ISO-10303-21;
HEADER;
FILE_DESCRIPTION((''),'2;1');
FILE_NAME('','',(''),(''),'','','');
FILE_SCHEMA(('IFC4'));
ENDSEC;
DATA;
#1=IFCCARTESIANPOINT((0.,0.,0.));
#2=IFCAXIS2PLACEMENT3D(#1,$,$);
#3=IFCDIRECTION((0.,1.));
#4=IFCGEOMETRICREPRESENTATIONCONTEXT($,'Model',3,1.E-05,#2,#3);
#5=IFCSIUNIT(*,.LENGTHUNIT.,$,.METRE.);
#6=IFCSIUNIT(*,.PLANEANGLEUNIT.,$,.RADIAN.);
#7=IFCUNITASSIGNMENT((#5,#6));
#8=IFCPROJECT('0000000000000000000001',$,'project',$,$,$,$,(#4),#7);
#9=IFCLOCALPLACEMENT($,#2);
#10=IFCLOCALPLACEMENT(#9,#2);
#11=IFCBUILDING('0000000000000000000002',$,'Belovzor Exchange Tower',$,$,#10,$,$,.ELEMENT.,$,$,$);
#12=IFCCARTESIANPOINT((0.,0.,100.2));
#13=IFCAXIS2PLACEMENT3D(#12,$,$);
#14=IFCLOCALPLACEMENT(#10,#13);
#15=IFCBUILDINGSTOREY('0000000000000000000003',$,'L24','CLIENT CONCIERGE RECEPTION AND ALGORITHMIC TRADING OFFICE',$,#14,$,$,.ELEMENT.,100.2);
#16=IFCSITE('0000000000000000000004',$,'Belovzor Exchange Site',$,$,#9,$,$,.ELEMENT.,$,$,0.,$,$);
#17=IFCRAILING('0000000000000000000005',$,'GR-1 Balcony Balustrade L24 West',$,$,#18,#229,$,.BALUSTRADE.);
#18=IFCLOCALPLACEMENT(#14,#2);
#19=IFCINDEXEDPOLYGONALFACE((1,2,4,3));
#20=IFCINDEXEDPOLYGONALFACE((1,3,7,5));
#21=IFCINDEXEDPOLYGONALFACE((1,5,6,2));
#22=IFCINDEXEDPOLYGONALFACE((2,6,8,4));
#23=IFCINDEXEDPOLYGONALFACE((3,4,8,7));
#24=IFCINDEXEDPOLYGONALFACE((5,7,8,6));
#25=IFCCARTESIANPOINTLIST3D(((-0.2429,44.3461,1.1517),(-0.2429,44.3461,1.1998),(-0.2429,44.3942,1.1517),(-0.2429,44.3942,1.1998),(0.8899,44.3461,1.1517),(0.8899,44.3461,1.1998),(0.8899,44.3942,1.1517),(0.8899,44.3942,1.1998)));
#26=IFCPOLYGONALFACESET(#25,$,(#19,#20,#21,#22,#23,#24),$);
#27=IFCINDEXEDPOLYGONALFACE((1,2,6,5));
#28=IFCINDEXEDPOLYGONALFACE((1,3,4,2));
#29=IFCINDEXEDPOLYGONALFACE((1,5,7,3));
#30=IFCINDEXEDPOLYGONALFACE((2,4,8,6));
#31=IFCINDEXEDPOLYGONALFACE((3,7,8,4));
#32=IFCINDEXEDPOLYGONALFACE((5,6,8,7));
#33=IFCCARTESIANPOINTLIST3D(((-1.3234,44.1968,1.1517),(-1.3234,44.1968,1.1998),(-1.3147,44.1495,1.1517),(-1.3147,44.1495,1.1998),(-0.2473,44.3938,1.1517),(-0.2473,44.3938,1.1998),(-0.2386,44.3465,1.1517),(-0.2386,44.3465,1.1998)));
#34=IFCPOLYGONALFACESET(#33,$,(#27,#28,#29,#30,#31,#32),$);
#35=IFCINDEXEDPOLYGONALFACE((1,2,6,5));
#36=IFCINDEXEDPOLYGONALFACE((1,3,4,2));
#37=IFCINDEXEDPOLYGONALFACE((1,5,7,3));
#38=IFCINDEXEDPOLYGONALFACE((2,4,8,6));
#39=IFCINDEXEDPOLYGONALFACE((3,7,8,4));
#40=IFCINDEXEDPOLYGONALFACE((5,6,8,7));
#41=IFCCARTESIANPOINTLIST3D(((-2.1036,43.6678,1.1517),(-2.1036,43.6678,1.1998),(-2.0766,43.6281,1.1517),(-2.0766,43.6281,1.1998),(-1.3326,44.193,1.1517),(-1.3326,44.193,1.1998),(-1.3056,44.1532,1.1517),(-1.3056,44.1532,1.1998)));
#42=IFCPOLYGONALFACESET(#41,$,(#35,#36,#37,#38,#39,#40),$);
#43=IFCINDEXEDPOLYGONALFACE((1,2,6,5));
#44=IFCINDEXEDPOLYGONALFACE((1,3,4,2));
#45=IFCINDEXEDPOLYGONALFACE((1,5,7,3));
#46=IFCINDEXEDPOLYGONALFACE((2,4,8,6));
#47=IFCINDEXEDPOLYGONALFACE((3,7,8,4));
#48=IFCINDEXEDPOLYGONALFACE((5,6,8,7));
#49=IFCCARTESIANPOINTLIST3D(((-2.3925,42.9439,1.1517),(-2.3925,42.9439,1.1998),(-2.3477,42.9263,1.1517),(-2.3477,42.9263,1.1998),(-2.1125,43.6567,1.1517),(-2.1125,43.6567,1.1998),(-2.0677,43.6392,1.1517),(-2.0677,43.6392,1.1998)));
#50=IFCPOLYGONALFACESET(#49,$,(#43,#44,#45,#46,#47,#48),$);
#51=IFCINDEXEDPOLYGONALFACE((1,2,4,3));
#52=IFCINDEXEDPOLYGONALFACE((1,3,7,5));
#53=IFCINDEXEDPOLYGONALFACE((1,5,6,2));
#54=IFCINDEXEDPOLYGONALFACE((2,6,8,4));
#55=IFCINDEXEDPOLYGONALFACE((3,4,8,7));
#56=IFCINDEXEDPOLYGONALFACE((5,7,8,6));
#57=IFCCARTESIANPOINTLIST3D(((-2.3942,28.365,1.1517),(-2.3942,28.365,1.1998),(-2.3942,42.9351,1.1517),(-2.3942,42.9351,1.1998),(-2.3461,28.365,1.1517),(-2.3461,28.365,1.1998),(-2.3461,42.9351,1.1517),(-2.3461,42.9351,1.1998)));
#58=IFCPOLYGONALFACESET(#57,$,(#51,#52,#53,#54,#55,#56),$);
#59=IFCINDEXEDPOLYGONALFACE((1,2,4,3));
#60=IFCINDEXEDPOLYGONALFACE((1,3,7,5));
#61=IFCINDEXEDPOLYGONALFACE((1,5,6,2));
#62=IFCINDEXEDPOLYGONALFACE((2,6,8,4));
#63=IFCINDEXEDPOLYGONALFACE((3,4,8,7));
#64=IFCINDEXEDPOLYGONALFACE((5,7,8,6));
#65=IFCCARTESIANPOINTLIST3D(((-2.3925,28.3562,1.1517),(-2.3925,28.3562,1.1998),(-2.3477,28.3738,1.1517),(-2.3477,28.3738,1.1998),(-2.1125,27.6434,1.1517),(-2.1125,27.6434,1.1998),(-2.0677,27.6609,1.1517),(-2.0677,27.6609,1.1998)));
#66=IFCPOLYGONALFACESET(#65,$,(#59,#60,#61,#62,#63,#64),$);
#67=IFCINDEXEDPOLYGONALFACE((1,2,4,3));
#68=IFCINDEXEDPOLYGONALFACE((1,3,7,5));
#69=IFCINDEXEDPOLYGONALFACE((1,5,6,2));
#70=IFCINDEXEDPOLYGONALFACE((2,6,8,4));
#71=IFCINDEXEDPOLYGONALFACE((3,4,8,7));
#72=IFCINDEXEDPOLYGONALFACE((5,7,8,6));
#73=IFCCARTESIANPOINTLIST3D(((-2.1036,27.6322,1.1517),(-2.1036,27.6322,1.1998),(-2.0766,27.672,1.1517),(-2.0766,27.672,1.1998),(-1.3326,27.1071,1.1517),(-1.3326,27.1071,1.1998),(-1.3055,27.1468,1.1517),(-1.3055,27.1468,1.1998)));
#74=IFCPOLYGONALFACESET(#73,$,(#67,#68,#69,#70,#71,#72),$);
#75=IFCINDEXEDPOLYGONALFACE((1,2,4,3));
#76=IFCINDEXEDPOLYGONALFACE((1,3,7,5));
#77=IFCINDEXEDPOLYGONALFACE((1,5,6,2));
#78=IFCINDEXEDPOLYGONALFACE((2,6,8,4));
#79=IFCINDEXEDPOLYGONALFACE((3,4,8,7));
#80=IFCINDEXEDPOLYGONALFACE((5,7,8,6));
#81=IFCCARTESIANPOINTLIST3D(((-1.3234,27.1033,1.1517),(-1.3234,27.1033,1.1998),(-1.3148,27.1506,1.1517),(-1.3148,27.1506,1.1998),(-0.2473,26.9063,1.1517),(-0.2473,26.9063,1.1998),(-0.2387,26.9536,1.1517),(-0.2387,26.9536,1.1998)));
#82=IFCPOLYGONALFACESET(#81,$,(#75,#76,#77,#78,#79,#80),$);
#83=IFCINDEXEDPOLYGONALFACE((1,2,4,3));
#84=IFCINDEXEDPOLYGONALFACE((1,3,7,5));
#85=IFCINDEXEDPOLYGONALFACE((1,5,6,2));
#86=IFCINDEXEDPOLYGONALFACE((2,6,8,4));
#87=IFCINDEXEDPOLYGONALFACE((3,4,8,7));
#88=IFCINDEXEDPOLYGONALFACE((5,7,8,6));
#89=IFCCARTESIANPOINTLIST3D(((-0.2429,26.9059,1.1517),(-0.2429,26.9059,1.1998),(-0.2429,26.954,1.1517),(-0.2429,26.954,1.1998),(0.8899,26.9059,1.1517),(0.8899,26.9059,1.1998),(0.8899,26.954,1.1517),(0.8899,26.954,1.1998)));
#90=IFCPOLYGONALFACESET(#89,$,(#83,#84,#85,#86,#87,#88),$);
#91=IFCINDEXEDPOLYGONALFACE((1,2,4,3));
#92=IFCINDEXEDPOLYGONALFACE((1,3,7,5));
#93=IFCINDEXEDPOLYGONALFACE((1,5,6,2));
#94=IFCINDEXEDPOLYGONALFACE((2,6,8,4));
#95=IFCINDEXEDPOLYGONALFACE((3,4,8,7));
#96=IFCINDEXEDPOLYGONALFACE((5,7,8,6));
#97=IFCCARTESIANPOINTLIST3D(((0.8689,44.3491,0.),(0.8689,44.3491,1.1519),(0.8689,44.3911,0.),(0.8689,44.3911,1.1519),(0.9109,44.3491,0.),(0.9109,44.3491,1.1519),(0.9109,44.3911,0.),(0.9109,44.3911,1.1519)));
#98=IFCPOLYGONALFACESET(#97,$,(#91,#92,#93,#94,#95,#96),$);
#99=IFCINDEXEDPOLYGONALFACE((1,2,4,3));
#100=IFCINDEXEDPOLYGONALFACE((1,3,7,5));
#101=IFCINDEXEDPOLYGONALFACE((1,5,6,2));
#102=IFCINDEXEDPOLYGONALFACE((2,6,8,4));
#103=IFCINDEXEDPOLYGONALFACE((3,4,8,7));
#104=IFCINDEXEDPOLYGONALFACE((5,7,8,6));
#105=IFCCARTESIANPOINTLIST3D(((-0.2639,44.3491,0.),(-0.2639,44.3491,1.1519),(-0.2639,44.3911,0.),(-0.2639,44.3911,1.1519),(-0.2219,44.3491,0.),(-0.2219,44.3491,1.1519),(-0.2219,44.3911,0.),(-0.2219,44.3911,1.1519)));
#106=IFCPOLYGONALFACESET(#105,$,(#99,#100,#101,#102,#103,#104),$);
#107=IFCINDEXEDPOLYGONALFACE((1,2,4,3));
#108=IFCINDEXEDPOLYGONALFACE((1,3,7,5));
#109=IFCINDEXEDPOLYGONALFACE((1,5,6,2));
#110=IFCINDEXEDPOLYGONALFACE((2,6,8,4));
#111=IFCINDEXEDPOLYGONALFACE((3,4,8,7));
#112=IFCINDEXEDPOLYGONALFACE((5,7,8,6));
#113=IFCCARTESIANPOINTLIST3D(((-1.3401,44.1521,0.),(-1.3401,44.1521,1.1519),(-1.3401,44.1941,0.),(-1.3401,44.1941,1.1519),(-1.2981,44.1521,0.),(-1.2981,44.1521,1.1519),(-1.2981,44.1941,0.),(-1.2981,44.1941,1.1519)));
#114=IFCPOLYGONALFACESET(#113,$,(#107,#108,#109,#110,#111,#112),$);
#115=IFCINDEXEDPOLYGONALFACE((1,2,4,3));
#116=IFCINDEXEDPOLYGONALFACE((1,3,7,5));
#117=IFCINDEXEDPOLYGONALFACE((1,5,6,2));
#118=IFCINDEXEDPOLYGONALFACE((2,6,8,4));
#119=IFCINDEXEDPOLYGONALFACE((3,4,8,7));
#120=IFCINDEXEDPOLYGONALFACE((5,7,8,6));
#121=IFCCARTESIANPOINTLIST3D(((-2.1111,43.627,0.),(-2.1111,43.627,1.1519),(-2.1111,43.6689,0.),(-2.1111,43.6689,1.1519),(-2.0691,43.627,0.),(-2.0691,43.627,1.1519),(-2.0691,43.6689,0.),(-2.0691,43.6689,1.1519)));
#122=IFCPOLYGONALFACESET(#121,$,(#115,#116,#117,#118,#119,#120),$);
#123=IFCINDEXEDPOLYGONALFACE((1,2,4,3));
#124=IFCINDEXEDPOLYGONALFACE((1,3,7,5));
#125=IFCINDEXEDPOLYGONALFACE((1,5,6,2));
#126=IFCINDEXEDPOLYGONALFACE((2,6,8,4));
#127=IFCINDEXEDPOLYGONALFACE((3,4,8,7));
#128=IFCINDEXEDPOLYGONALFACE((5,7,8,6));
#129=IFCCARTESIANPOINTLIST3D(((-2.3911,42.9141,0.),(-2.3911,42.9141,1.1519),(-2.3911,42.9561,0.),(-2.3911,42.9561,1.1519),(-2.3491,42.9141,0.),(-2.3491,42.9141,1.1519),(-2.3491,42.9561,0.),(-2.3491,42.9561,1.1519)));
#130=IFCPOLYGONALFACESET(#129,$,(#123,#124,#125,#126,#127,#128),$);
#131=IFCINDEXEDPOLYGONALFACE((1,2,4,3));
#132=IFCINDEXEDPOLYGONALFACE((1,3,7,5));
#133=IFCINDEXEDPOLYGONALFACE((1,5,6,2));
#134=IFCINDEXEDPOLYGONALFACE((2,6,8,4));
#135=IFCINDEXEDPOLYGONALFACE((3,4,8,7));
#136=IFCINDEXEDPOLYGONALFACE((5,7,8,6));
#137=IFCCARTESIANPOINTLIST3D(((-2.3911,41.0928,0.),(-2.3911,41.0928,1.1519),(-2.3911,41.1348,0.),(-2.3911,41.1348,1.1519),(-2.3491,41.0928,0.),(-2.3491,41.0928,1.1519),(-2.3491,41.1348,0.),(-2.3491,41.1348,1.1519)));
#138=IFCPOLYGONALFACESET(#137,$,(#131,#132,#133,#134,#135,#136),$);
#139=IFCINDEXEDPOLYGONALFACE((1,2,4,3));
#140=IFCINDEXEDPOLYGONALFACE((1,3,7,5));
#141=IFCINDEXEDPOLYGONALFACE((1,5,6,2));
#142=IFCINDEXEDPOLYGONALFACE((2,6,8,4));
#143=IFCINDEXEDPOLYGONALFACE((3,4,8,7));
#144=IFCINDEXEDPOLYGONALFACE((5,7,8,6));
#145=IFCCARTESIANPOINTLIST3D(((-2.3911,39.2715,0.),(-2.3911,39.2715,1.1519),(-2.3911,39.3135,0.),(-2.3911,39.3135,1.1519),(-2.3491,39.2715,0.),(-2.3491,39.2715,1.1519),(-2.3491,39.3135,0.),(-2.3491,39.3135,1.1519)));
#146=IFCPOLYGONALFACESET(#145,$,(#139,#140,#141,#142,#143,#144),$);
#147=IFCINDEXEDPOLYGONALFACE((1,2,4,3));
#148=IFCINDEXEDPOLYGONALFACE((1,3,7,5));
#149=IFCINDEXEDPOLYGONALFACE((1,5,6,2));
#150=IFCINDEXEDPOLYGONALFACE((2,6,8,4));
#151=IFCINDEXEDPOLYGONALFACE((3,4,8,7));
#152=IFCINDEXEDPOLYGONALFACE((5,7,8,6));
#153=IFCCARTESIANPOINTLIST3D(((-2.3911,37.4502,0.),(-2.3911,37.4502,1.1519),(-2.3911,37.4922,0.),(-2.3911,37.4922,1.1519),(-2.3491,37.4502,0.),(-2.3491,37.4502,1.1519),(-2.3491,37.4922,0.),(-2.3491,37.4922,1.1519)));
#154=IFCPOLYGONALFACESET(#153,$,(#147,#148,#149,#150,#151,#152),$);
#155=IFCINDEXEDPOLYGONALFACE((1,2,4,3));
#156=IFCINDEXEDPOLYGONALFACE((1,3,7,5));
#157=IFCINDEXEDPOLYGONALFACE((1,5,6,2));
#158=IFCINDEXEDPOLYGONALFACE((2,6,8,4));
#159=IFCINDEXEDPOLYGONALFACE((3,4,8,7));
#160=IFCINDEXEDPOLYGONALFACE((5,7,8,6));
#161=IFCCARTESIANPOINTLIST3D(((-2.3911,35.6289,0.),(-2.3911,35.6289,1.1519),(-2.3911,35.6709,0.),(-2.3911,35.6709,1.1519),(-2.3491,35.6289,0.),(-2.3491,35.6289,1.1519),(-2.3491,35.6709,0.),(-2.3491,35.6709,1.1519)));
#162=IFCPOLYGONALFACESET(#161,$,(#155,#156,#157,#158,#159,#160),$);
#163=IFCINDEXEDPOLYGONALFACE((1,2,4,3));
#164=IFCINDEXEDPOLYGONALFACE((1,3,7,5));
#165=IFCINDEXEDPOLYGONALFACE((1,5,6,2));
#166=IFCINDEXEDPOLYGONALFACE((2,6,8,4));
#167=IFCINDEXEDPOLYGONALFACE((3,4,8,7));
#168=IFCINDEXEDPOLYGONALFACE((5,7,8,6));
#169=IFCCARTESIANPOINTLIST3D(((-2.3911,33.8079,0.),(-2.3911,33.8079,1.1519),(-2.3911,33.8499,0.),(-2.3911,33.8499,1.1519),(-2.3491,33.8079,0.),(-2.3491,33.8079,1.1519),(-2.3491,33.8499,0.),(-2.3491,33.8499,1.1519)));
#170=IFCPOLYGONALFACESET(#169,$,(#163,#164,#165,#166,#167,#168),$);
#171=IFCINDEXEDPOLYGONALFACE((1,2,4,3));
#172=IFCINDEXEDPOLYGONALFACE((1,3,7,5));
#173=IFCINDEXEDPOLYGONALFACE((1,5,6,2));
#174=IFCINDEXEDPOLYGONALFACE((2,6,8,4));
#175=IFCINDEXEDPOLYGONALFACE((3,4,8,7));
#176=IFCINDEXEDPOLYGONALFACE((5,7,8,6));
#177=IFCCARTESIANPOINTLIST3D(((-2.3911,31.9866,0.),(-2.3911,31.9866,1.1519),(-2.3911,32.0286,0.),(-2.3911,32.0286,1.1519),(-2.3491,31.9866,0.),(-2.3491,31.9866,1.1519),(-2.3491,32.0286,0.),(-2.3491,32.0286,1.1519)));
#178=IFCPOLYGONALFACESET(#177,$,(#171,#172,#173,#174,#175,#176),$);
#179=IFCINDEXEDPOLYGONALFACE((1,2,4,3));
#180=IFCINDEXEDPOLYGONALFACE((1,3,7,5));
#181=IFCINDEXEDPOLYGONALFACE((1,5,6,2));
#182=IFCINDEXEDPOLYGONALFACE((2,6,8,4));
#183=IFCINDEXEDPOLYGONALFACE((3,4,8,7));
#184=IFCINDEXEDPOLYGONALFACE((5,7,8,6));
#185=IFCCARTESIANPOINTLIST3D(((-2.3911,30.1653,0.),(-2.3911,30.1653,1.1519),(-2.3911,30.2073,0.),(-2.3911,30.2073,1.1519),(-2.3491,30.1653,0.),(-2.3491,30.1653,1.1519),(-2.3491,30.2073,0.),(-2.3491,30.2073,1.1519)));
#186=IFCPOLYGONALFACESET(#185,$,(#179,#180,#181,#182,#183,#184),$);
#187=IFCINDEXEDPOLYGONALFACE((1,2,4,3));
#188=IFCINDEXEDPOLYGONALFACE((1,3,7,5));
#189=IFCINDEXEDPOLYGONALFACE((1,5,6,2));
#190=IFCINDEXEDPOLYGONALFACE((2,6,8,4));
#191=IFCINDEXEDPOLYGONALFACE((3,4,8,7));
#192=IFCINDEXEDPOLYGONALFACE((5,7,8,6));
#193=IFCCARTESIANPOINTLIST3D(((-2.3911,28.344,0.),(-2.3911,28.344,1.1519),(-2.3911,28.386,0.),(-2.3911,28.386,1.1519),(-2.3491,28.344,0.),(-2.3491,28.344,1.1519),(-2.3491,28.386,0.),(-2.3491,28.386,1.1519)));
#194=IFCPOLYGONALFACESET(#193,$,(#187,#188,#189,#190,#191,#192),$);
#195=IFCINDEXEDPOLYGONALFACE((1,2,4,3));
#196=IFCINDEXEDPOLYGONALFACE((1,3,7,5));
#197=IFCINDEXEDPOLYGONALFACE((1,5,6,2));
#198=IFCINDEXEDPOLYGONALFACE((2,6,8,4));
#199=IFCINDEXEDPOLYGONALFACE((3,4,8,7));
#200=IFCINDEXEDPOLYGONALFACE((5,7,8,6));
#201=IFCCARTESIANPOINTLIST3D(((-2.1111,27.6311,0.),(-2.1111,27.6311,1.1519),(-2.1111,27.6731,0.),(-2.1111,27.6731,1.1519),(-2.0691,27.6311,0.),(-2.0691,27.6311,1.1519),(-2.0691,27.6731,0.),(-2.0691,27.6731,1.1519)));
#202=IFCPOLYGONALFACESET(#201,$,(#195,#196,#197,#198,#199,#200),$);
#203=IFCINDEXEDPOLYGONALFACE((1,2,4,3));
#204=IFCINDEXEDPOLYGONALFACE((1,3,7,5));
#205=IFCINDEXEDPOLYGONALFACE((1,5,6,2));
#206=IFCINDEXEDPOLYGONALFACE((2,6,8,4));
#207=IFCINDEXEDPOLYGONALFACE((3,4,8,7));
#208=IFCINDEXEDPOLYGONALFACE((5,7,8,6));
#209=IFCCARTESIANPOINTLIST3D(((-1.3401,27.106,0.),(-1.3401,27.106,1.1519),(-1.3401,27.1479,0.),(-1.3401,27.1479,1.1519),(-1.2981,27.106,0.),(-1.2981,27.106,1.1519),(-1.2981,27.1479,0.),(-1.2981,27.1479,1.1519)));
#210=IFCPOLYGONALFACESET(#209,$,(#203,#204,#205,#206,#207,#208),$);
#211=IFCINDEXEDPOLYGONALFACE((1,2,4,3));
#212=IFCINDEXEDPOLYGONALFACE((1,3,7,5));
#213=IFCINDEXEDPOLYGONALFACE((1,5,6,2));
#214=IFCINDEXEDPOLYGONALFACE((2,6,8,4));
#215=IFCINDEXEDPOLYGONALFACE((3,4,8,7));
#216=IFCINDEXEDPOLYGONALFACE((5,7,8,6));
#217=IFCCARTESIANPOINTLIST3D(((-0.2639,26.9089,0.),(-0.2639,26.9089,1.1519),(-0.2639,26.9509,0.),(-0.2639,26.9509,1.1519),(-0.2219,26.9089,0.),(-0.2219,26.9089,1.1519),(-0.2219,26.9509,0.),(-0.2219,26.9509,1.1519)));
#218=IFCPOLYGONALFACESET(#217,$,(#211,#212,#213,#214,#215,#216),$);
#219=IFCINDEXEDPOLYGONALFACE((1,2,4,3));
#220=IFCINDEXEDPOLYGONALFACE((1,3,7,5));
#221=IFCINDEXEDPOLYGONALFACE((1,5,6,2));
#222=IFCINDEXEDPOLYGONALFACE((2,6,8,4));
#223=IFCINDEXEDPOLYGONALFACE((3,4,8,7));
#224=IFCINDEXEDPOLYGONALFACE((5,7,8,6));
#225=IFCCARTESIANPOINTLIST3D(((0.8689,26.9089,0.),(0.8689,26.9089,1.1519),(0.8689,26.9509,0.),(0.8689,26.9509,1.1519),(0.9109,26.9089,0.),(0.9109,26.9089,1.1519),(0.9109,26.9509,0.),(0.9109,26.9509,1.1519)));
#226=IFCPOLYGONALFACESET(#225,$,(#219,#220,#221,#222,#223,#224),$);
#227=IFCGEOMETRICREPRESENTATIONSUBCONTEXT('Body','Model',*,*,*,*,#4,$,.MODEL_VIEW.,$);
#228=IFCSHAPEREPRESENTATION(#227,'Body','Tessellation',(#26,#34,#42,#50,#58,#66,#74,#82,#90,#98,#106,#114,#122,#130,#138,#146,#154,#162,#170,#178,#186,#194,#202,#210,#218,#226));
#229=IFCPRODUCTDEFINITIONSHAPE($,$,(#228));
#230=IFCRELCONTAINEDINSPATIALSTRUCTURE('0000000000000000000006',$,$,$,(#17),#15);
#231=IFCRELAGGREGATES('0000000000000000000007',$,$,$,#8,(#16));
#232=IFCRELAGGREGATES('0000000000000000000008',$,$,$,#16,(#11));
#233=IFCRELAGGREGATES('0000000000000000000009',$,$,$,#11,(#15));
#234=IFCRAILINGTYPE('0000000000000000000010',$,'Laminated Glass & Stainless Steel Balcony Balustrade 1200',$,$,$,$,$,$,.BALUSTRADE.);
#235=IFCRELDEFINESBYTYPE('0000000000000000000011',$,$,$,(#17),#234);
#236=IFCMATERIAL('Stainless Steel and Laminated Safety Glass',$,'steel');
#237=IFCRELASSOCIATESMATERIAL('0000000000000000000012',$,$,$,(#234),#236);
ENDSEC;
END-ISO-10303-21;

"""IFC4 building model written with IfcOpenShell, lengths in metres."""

from ifc_helpers import new_model, si_unit, direction, frame, origin, origin_2d, place, context, subcontext, project, spatial, rectangle, extrude, material, type_object, element, save


model = new_model("IFC4")

# Units and contexts
model_context = context("Model", 3, precision=1e-05, world=origin(), true_north=direction((0.0, 1.0)))
body_context = subcontext(model_context, "Body", "Model", "MODEL_VIEW")
ifc_project = project(units=[si_unit("LENGTHUNIT", "METRE"), si_unit("PLANEANGLEUNIT", "RADIAN")], contexts=[model_context])

# Site, building, storey
site_placement = place(None, origin())
site = spatial("IfcSite", under=ifc_project, at=site_placement, Name="Belovzor Exchange Site", CompositionType="ELEMENT", RefElevation=0.0)
building_placement = place(site_placement, origin())
building = spatial("IfcBuilding", under=site, at=building_placement, Name="Belovzor Exchange Tower", CompositionType="ELEMENT")
storey_placement = place(building_placement, frame((0.0, 0.0, 100.2)))
storey = spatial("IfcBuildingStorey", under=building, at=storey_placement, Name="L24", Description="CLIENT CONCIERGE RECEPTION AND ALGORITHMIC TRADING OFFICE", CompositionType="ELEMENT", Elevation=100.2)

# Railing
ifc_material_1 = material(Name="Stainless Steel and Laminated Safety Glass", Category="steel")
railing_type = type_object("IfcRailingType", Name="Laminated Glass & Stainless Steel Balcony Balustrade 1200", PredefinedType="BALUSTRADE", material=ifc_material_1)
railing_placement = place(storey_placement, frame((0.8899, 44.3701, 0.0)))
element("IfcRailing", 1, at=railing_placement, inside=storey, type_object=railing_type, Name="GR-1 Balcony Balustrade L24 West", PredefinedType="BALUSTRADE", context=body_context, shape_type="SweptSolid", body=[
    extrude(rectangle(XDim=0.0481, YDim=0.0481, at=origin_2d()), frame((0.0, 0.0, 1.1758), z_axis=(-1.0, 0.0, 0.0), x_axis=(0.0, -1.0, 0.0)), (0.0, 0.0, 1.0), 1.1328),
    extrude(rectangle(XDim=0.0481, YDim=0.0481, at=origin_2d()), frame((-1.1328, 0.0, 1.1758), z_axis=(-0.983651, -0.180083, 0.0), x_axis=(0.180083, -0.983651, 0.0)), (0.0, 0.0, 1.0), 1.094),
    extrude(rectangle(XDim=0.0481, YDim=0.0481, at=origin_2d()), frame((-2.209, -0.197, 1.1758), z_axis=(-0.826493, -0.562947, 0.0), x_axis=(0.562947, -0.826493, 0.0)), (0.0, 0.0, 1.0), 0.9329),
    extrude(rectangle(XDim=0.0481, YDim=0.0481, at=origin_2d()), frame((-2.98, -0.7222, 1.1758), z_axis=(-0.365613, -0.930767, 0.0), x_axis=(0.930767, -0.365613, 0.0)), (0.0, 0.0, 1.0), 0.7659),
    extrude(rectangle(XDim=0.0481, YDim=0.0481, at=origin_2d()), frame((-3.26, -1.4351, 1.1758), z_axis=(0.0, -1.0, 0.0), x_axis=(1.0, 0.0, 0.0)), (0.0, 0.0, 1.0), 14.5701),
    extrude(rectangle(XDim=0.0481, YDim=0.0481, at=origin_2d()), frame((-3.26, -16.0051, 1.1758), z_axis=(0.365613, -0.930767, 0.0), x_axis=(0.930767, 0.365613, 0.0)), (0.0, 0.0, 1.0), 0.7659),
    extrude(rectangle(XDim=0.0481, YDim=0.0481, at=origin_2d()), frame((-2.98, -16.718, 1.1758), z_axis=(0.826493, -0.562947, 0.0), x_axis=(0.562947, 0.826493, 0.0)), (0.0, 0.0, 1.0), 0.9329),
    extrude(rectangle(XDim=0.0481, YDim=0.0481, at=origin_2d()), frame((-2.209, -17.2432, 1.1758), z_axis=(0.983651, -0.180083, 0.0), x_axis=(0.180083, 0.983651, 0.0)), (0.0, 0.0, 1.0), 1.094),
    extrude(rectangle(XDim=0.0481, YDim=0.0481, at=origin_2d()), frame((-1.1328, -17.4402, 1.1758), z_axis=(1.0, 0.0, 0.0), x_axis=(0.0, 1.0, 0.0)), (0.0, 0.0, 1.0), 1.1328),
    extrude(rectangle(XDim=0.042, YDim=0.042, at=origin_2d()), origin(), (0.0, 0.0, 1.0), 1.1519),
    extrude(rectangle(XDim=0.042, YDim=0.042, at=origin_2d()), frame((-1.1328, 0.0, 0.0)), (0.0, 0.0, 1.0), 1.1519),
    extrude(rectangle(XDim=0.042, YDim=0.042, at=origin_2d()), frame((-2.209, -0.197, 0.0)), (0.0, 0.0, 1.0), 1.1519),
    extrude(rectangle(XDim=0.042, YDim=0.042, at=origin_2d()), frame((-2.98, -0.7222, 0.0)), (0.0, 0.0, 1.0), 1.1519),
    extrude(rectangle(XDim=0.042, YDim=0.042, at=origin_2d()), frame((-3.26, -1.4351, 0.0)), (0.0, 0.0, 1.0), 1.1519),
    extrude(rectangle(XDim=0.042, YDim=0.042, at=origin_2d()), frame((-3.26, -3.2563, 0.0)), (0.0, 0.0, 1.0), 1.1519),
    extrude(rectangle(XDim=0.042, YDim=0.042, at=origin_2d()), frame((-3.26, -5.0776, 0.0)), (0.0, 0.0, 1.0), 1.1519),
    extrude(rectangle(XDim=0.042, YDim=0.042, at=origin_2d()), frame((-3.26, -6.8989, 0.0)), (0.0, 0.0, 1.0), 1.1519),
    extrude(rectangle(XDim=0.042, YDim=0.042, at=origin_2d()), frame((-3.26, -8.7202, 0.0)), (0.0, 0.0, 1.0), 1.1519),
    extrude(rectangle(XDim=0.042, YDim=0.042, at=origin_2d()), frame((-3.26, -10.5413, 0.0)), (0.0, 0.0, 1.0), 1.1519),
    extrude(rectangle(XDim=0.042, YDim=0.042, at=origin_2d()), frame((-3.26, -12.3625, 0.0)), (0.0, 0.0, 1.0), 1.1519),
    extrude(rectangle(XDim=0.042, YDim=0.042, at=origin_2d()), frame((-3.26, -14.1838, 0.0)), (0.0, 0.0, 1.0), 1.1519),
    extrude(rectangle(XDim=0.042, YDim=0.042, at=origin_2d()), frame((-3.26, -16.0051, 0.0)), (0.0, 0.0, 1.0), 1.1519),
    extrude(rectangle(XDim=0.042, YDim=0.042, at=origin_2d()), frame((-2.98, -16.718, 0.0)), (0.0, 0.0, 1.0), 1.1519),
    extrude(rectangle(XDim=0.042, YDim=0.042, at=origin_2d()), frame((-2.209, -17.2432, 0.0)), (0.0, 0.0, 1.0), 1.1519),
    extrude(rectangle(XDim=0.042, YDim=0.042, at=origin_2d()), frame((-1.1328, -17.4402, 0.0)), (0.0, 0.0, 1.0), 1.1519),
    extrude(rectangle(XDim=0.042, YDim=0.042, at=origin_2d()), frame((0.0, -17.4402, 0.0)), (0.0, 0.0, 1.0), 1.1519),
])

save(model, "model.ifc")
